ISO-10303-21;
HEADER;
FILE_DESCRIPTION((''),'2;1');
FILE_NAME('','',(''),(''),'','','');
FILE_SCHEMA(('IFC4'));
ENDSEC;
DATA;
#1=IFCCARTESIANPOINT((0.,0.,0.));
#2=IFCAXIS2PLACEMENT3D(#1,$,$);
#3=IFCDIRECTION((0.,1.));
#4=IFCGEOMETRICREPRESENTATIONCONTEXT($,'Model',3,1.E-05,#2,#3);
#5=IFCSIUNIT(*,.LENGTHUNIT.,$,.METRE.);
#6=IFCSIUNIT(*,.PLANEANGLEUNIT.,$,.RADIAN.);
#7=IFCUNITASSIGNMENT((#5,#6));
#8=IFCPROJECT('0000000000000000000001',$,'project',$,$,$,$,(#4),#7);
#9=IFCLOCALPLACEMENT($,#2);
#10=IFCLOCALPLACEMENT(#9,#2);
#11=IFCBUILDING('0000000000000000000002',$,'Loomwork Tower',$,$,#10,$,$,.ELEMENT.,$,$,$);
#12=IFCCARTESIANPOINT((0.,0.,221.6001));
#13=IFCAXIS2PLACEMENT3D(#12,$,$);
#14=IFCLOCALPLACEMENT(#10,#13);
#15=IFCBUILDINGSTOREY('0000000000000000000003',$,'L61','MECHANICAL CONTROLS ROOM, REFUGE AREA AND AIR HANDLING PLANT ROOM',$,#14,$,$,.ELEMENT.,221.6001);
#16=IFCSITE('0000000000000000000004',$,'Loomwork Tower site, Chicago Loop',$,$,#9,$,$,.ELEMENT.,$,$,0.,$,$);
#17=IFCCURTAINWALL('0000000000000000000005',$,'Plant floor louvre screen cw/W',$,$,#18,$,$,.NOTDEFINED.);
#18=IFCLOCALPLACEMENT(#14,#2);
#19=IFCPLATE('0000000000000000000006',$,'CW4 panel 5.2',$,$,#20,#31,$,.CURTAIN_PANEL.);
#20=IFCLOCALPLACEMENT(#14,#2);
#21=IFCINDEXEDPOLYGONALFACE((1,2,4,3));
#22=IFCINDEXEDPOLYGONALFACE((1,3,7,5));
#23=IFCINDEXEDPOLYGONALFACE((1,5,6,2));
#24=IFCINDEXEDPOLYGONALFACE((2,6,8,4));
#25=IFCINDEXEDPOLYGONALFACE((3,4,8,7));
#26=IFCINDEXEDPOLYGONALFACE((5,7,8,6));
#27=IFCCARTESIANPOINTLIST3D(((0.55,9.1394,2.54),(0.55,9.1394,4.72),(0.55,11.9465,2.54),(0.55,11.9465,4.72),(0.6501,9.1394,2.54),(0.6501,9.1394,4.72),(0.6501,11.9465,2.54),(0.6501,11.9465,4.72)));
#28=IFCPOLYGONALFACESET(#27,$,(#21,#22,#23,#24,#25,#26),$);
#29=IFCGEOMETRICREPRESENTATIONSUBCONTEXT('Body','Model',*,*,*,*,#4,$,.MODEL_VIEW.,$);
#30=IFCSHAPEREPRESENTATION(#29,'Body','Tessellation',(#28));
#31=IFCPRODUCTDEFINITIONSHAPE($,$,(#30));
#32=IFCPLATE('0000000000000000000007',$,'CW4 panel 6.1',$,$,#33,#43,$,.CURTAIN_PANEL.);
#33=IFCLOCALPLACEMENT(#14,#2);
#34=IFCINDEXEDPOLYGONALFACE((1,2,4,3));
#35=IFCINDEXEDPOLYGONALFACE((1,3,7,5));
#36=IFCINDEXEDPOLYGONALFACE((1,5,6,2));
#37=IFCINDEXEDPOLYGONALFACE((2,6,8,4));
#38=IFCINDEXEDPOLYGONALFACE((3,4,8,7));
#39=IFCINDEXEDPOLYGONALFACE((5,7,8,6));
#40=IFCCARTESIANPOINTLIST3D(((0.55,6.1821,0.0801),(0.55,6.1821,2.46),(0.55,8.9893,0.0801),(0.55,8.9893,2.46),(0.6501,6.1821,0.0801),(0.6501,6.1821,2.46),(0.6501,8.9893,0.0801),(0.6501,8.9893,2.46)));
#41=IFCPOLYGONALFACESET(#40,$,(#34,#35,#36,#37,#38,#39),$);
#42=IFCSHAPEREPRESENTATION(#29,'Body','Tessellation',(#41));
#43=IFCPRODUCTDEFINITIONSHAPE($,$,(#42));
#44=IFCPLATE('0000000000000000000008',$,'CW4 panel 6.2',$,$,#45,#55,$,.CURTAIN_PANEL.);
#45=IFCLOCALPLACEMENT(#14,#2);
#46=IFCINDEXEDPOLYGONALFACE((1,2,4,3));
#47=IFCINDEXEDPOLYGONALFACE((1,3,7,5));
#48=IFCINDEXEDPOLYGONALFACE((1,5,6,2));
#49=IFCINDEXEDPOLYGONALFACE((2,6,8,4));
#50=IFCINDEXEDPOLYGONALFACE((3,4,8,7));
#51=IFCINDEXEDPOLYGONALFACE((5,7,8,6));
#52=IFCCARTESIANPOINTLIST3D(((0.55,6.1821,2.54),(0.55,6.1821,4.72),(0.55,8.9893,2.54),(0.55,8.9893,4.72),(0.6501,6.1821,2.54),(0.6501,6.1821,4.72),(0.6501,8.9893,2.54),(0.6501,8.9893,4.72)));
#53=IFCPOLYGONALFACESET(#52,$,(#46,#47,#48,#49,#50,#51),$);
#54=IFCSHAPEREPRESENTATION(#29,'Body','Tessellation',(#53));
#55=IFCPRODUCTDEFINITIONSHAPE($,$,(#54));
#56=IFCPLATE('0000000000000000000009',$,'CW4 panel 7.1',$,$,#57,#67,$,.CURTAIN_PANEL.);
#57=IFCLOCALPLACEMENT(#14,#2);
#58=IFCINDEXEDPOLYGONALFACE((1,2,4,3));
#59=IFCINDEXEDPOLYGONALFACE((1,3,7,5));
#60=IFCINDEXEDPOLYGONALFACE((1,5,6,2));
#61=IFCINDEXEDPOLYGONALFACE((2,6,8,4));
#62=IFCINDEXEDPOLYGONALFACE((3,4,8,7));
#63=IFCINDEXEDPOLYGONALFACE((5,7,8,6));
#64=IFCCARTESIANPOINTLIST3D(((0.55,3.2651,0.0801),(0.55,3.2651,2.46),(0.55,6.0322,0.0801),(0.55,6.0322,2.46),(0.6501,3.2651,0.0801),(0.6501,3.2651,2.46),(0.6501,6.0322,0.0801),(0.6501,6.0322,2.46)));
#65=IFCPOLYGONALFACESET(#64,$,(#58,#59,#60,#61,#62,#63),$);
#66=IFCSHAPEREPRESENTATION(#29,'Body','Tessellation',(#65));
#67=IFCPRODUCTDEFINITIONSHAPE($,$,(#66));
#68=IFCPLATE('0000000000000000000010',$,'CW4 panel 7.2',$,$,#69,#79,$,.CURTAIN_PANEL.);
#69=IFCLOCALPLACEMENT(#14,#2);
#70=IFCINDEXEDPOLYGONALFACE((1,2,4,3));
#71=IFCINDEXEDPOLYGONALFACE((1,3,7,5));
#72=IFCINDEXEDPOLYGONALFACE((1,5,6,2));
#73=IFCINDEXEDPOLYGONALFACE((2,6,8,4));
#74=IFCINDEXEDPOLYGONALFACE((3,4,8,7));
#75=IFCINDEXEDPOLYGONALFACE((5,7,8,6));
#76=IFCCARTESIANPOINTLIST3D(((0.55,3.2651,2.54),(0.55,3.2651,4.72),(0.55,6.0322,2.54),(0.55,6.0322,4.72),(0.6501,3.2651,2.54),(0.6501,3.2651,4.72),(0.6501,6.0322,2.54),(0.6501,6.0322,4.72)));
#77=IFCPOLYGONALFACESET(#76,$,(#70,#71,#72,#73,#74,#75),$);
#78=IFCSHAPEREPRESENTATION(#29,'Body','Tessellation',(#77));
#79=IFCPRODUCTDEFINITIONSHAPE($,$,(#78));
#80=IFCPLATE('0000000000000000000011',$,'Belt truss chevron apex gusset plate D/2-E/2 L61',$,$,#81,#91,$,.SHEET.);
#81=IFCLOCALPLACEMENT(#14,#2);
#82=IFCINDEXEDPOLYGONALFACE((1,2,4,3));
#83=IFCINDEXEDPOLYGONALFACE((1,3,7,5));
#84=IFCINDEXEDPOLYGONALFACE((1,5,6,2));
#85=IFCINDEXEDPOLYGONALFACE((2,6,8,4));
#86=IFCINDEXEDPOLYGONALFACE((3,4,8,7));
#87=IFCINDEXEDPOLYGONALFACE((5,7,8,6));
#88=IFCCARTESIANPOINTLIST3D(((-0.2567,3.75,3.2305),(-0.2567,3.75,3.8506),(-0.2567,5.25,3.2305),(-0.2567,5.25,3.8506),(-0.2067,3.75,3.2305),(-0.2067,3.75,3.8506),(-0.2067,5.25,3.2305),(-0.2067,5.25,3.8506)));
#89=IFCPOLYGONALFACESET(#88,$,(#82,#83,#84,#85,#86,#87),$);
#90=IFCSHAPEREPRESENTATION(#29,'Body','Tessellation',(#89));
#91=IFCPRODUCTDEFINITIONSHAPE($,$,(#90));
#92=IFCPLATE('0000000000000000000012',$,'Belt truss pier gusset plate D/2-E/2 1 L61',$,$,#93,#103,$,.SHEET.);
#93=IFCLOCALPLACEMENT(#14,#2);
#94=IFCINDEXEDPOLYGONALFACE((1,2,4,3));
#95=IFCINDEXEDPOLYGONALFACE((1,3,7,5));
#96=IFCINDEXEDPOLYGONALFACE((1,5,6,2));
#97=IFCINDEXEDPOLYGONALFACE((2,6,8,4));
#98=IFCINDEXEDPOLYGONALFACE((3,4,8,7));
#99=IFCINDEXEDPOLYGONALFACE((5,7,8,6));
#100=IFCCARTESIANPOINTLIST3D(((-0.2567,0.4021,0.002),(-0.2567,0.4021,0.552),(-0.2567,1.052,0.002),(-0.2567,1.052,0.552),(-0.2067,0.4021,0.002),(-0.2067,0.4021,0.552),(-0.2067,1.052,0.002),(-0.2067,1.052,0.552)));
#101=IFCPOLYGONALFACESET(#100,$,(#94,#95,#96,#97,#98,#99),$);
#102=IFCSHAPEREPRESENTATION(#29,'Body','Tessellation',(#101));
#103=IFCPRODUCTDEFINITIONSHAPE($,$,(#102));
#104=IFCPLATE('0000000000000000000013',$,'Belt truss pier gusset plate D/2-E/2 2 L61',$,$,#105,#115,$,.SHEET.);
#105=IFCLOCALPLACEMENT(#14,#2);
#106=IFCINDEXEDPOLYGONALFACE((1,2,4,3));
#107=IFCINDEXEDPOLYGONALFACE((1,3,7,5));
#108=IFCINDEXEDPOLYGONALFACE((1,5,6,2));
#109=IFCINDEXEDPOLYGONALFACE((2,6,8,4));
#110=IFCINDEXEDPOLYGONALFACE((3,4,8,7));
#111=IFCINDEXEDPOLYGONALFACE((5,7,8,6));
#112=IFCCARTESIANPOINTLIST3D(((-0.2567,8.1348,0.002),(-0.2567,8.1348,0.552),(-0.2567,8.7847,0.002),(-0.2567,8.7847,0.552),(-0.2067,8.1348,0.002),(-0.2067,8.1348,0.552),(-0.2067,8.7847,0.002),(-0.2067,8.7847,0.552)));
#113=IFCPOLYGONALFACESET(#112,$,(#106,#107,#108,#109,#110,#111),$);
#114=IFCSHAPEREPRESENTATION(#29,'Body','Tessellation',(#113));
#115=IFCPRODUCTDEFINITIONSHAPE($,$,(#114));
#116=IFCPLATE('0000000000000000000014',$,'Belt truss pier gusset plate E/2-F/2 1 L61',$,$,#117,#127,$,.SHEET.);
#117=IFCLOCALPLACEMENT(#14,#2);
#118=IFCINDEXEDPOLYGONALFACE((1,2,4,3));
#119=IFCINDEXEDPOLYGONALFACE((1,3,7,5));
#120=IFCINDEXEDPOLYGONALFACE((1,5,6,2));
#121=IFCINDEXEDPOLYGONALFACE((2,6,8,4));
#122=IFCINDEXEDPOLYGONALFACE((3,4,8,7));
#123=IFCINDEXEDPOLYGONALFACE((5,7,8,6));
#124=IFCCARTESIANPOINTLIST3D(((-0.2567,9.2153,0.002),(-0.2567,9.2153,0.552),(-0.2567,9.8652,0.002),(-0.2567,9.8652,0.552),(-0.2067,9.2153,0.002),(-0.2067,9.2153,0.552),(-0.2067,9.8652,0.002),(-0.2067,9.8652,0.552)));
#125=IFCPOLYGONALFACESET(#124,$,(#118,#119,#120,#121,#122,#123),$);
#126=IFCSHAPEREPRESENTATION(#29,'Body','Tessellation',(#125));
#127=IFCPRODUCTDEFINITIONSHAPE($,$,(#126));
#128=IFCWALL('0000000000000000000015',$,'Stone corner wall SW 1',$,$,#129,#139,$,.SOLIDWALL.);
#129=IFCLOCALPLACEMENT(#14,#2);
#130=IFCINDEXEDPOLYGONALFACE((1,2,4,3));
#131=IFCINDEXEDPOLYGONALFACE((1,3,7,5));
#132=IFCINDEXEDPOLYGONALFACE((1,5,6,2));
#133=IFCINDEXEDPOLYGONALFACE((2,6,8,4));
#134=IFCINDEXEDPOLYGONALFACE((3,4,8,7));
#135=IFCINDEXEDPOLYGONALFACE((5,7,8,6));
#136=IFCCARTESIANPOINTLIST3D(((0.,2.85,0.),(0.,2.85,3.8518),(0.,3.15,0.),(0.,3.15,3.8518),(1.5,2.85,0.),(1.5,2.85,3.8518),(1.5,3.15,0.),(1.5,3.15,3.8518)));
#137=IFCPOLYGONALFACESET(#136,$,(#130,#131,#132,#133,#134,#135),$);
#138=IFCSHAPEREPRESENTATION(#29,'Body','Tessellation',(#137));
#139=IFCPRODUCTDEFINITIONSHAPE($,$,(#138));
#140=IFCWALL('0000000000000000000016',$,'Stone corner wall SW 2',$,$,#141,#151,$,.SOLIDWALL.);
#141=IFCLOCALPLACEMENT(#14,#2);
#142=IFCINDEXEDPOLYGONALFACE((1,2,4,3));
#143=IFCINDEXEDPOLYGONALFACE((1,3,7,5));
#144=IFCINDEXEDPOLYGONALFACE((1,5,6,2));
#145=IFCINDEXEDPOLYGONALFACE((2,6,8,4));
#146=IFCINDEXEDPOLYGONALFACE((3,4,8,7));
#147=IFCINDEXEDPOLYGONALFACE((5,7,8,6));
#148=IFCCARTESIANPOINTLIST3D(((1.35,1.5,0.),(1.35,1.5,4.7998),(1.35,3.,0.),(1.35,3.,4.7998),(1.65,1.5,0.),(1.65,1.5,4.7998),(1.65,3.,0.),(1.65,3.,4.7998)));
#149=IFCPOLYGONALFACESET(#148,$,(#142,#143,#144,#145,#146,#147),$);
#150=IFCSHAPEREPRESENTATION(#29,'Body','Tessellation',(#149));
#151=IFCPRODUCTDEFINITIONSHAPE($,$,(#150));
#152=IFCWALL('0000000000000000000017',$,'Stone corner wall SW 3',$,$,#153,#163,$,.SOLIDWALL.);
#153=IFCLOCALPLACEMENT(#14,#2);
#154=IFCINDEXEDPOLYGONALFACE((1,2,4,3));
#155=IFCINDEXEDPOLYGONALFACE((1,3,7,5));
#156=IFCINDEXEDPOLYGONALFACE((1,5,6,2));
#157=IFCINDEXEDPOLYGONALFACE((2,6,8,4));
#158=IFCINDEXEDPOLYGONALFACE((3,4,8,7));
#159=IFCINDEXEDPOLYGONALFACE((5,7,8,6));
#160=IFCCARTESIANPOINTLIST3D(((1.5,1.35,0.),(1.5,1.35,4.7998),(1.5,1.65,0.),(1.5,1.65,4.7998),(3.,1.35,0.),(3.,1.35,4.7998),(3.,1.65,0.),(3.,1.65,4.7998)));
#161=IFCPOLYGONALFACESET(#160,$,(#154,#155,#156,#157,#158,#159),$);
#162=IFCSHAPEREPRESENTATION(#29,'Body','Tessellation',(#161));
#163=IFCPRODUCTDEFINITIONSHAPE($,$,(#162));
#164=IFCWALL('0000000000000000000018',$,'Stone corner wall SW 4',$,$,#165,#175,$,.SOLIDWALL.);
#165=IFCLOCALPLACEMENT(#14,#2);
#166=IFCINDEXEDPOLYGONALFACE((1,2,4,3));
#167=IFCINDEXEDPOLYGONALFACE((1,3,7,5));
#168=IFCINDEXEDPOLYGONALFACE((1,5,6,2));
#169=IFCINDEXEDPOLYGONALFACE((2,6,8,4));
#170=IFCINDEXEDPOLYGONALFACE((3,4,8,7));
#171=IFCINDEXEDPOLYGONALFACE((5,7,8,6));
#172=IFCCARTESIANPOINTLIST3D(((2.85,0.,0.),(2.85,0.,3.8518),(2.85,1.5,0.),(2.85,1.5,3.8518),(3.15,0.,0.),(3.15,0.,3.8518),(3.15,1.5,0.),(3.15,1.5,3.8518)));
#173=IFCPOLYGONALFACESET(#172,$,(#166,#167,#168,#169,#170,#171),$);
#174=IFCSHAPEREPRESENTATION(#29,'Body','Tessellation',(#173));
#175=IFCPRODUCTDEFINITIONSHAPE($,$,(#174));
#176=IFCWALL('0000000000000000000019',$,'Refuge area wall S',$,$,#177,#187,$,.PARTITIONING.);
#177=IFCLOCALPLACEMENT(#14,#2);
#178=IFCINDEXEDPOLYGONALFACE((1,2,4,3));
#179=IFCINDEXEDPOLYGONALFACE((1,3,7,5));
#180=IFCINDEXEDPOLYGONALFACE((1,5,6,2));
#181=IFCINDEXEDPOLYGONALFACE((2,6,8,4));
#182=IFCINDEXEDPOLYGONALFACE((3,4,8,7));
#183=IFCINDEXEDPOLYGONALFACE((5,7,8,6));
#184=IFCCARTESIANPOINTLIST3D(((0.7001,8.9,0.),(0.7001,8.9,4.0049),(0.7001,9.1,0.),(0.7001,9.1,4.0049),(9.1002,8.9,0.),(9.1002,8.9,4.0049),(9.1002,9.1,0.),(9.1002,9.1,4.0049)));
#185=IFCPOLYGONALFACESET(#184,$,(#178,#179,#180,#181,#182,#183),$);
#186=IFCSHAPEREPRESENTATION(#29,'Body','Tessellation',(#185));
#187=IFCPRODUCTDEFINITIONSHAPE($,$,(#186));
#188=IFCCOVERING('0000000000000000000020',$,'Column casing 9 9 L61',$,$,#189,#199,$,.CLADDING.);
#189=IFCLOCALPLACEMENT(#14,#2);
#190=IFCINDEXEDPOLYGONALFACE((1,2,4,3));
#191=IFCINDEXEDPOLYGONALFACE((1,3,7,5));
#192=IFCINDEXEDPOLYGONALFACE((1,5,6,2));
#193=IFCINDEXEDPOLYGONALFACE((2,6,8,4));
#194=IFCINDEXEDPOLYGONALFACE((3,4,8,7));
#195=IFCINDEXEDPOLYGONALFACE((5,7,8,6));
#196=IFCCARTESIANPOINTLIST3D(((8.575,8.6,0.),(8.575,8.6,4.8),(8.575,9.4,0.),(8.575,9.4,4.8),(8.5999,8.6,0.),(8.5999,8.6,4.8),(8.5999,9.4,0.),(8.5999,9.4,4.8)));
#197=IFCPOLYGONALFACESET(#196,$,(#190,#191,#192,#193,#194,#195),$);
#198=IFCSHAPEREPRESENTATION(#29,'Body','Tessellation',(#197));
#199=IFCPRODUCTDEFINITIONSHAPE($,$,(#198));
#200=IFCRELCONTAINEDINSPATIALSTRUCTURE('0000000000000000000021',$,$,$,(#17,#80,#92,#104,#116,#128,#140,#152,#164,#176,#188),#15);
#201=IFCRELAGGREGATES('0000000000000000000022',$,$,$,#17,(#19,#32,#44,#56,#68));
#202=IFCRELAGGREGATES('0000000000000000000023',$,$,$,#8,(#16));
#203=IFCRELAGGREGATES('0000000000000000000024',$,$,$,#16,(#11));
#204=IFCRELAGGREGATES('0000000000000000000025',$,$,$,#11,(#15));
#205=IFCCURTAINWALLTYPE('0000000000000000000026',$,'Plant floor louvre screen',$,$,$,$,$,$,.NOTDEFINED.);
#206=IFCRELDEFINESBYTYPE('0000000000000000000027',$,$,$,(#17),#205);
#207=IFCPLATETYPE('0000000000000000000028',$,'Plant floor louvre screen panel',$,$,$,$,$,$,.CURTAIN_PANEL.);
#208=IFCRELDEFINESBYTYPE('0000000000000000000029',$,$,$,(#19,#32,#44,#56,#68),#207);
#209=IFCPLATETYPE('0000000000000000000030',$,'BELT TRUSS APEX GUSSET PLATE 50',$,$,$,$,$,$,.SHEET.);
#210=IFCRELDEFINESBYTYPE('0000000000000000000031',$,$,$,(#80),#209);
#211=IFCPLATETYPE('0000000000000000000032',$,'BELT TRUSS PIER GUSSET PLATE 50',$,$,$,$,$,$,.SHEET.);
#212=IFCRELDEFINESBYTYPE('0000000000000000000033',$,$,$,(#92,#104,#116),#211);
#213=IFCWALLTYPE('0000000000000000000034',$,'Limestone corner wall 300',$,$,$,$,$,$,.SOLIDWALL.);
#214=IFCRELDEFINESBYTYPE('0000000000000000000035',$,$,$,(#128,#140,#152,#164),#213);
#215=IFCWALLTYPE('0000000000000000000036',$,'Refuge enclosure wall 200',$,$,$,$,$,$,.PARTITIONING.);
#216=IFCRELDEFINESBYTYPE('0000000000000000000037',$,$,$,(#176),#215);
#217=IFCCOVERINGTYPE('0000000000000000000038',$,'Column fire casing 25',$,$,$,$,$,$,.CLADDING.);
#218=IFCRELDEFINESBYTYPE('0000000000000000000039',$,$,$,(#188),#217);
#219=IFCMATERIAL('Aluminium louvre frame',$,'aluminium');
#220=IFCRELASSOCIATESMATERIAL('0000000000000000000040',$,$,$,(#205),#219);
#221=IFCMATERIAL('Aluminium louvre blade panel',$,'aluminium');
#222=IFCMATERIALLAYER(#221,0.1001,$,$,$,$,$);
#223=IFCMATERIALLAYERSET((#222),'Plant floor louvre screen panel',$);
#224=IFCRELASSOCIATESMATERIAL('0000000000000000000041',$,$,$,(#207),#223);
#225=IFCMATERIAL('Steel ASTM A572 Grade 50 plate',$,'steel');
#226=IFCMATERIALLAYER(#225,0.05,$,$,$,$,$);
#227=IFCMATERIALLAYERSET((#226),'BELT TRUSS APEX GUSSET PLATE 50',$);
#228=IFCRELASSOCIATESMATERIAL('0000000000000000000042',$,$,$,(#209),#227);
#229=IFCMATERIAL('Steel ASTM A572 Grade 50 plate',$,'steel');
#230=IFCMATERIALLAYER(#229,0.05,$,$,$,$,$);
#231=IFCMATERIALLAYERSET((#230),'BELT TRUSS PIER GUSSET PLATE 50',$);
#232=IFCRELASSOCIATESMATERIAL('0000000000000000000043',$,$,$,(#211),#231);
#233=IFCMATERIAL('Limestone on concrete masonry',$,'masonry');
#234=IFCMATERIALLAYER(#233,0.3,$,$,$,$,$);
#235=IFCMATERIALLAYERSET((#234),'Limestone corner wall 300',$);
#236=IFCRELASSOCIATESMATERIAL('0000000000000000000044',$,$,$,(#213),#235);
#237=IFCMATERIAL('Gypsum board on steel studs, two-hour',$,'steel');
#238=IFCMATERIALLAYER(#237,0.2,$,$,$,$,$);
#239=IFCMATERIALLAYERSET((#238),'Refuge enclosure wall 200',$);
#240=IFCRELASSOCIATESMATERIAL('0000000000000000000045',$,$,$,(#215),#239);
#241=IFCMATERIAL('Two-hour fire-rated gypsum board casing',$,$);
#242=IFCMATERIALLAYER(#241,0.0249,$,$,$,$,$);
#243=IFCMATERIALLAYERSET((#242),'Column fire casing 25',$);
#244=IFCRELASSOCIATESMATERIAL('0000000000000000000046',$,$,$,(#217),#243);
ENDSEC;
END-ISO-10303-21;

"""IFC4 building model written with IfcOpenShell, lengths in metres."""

from ifc_helpers import new_model, si_unit, direction, frame, frame_2d, origin, origin_2d, place, context, subcontext, project, spatial, rectangle, extrude, material, layer, layer_set, type_object, element, aggregate, save


model = new_model("IFC4")

# Units and contexts
model_context = context("Model", 3, precision=1e-05, world=origin(), true_north=direction((0.0, 1.0)))
body_context = subcontext(model_context, "Body", "Model", "MODEL_VIEW")
ifc_project = project(units=[si_unit("LENGTHUNIT", "METRE"), si_unit("PLANEANGLEUNIT", "RADIAN")], contexts=[model_context])

# Site, building, storey
site_placement = place(None, origin())
site = spatial("IfcSite", under=ifc_project, at=site_placement, Name="Loomwork Tower site, Chicago Loop", CompositionType="ELEMENT", RefElevation=0.0)
building_placement = place(site_placement, origin())
building = spatial("IfcBuilding", under=site, at=building_placement, Name="Loomwork Tower", CompositionType="ELEMENT")
storey_placement = place(building_placement, frame((0.0, 0.0, 221.6001)))
storey = spatial("IfcBuildingStorey", under=building, at=storey_placement, Name="L61", Description="MECHANICAL CONTROLS ROOM, REFUGE AREA AND AIR HANDLING PLANT ROOM", CompositionType="ELEMENT", Elevation=221.6001)

# Curtain wall
ifc_material_1 = material(Name="Aluminium louvre frame", Category="aluminium")
curtain_wall_type = type_object("IfcCurtainWallType", Name="Plant floor louvre screen", PredefinedType="NOTDEFINED", material=ifc_material_1)
curtain_wall_1_placement = place(storey_placement, origin())
curtain_wall_1 = element("IfcCurtainWall", 1, at=curtain_wall_1_placement, inside=storey, type_object=curtain_wall_type, Name="Plant floor louvre screen cw/W", PredefinedType="NOTDEFINED")

# Shared definitions
ifc_material_2 = material(Name="Aluminium louvre blade panel", Category="aluminium")
ifc_layer_1 = layer(ifc_material_2, 0.1001)
ifc_layer_set_1 = layer_set([ifc_layer_1], Name="Plant floor louvre screen panel")
plate_type_1 = type_object("IfcPlateType", Name="Plant floor louvre screen panel", PredefinedType="CURTAIN_PANEL", material=ifc_layer_set_1)

# Plates
plate_1_placement = place(storey_placement, frame((0.6001, 10.543, 2.54), z_axis=(0.0, 0.0, 1.0), x_axis=(0.0, -1.0, 0.0)))
plate_1 = element("IfcPlate", 2, at=plate_1_placement, type_object=plate_type_1, Name="CW4 panel 5.2", PredefinedType="CURTAIN_PANEL", context=body_context, shape_type="SweptSolid", body=[
    extrude(rectangle(XDim=2.8071, YDim=0.1001, at=origin_2d()), origin(), (0.0, 0.0, 1.0), 2.1799),
])
plate_2_placement = place(storey_placement, frame((0.6001, 7.5857, 0.0801), z_axis=(0.0, 0.0, 1.0), x_axis=(0.0, -1.0, 0.0)))
plate_2 = element("IfcPlate", 3, at=plate_2_placement, type_object=plate_type_1, Name="CW4 panel 6.1", PredefinedType="CURTAIN_PANEL", context=body_context, shape_type="SweptSolid", body=[
    extrude(rectangle(XDim=2.8071, YDim=0.1001, at=origin_2d()), origin(), (0.0, 0.0, 1.0), 2.3799),
])
plate_3_placement = place(storey_placement, frame((0.6001, 7.5857, 2.54), z_axis=(0.0, 0.0, 1.0), x_axis=(0.0, -1.0, 0.0)))
plate_3 = element("IfcPlate", 4, at=plate_3_placement, type_object=plate_type_1, Name="CW4 panel 6.2", PredefinedType="CURTAIN_PANEL", context=body_context, shape_type="SweptSolid", body=[
    extrude(rectangle(XDim=2.8071, YDim=0.1001, at=origin_2d()), origin(), (0.0, 0.0, 1.0), 2.1799),
])
plate_4_placement = place(storey_placement, frame((0.6001, 4.6487, 0.0801), z_axis=(0.0, 0.0, 1.0), x_axis=(0.0, -1.0, 0.0)))
plate_4 = element("IfcPlate", 5, at=plate_4_placement, type_object=plate_type_1, Name="CW4 panel 7.1", PredefinedType="CURTAIN_PANEL", context=body_context, shape_type="SweptSolid", body=[
    extrude(rectangle(XDim=2.7671, YDim=0.1001, at=origin_2d()), origin(), (0.0, 0.0, 1.0), 2.3799),
])
plate_5_placement = place(storey_placement, frame((0.6001, 4.6487, 2.54), z_axis=(0.0, 0.0, 1.0), x_axis=(0.0, -1.0, 0.0)))
plate_5 = element("IfcPlate", 6, at=plate_5_placement, type_object=plate_type_1, Name="CW4 panel 7.2", PredefinedType="CURTAIN_PANEL", context=body_context, shape_type="SweptSolid", body=[
    extrude(rectangle(XDim=2.7671, YDim=0.1001, at=origin_2d()), origin(), (0.0, 0.0, 1.0), 2.1799),
])
aggregate(curtain_wall_1, [plate_1, plate_2, plate_3, plate_4, plate_5])

# Plates
ifc_material_3 = material(Name="Steel ASTM A572 Grade 50 plate", Category="steel")
ifc_layer_2 = layer(ifc_material_3, 0.05)
ifc_layer_set_2 = layer_set([ifc_layer_2], Name="BELT TRUSS APEX GUSSET PLATE 50")
plate_type_2 = type_object("IfcPlateType", Name="BELT TRUSS APEX GUSSET PLATE 50", PredefinedType="SHEET", material=ifc_layer_set_2)
plate_6_placement = place(storey_placement, frame((-0.2317, 4.5, 3.2305), z_axis=(0.0, 0.0, 1.0), x_axis=(0.0, 1.0, 0.0)))
element("IfcPlate", 7, at=plate_6_placement, inside=storey, type_object=plate_type_2, Name="Belt truss chevron apex gusset plate D/2-E/2 L61", PredefinedType="SHEET", context=body_context, shape_type="SweptSolid", body=[
    extrude(rectangle(XDim=1.5, YDim=0.05, at=origin_2d()), origin(), (0.0, 0.0, 1.0), 0.6201),
])
ifc_material_4 = material(Name="Steel ASTM A572 Grade 50 plate", Category="steel")
ifc_layer_3 = layer(ifc_material_4, 0.05)
ifc_layer_set_3 = layer_set([ifc_layer_3], Name="BELT TRUSS PIER GUSSET PLATE 50")
plate_type_3 = type_object("IfcPlateType", Name="BELT TRUSS PIER GUSSET PLATE 50", PredefinedType="SHEET", material=ifc_layer_set_3)
for number, where, z_axis, x_axis, name in (
    (8, (-0.2317, 0.7271, 0.002), (0.0, 0.0, 1.0), (0.0, 1.0, 0.0), "Belt truss pier gusset plate D/2-E/2 1 L61"),
    (9, (-0.2317, 8.4597, 0.002), (0.0, 0.0, 1.0), (0.0, 1.0, 0.0), "Belt truss pier gusset plate D/2-E/2 2 L61"),
    (10, (-0.2317, 9.5403, 0.002), (0.0, 0.0, 1.0), (0.0, 1.0, 0.0), "Belt truss pier gusset plate E/2-F/2 1 L61"),
):
    element("IfcPlate", number, at=place(storey_placement, frame(where, z_axis=z_axis, x_axis=x_axis)), inside=storey, type_object=plate_type_3, Name=name, PredefinedType="SHEET", context=body_context, shape_type="SweptSolid", body=[
        extrude(rectangle(XDim=0.6499, YDim=0.05, at=origin_2d()), origin(), (0.0, 0.0, 1.0), 0.55),
    ])

# Walls
ifc_material_5 = material(Name="Limestone on concrete masonry", Category="masonry")
ifc_layer_4 = layer(ifc_material_5, 0.3)
ifc_layer_set_4 = layer_set([ifc_layer_4], Name="Limestone corner wall 300")
wall_type_1 = type_object("IfcWallType", Name="Limestone corner wall 300", PredefinedType="SOLIDWALL", material=ifc_layer_set_4)
wall_1_placement = place(storey_placement, frame((0.0, 3.0, 0.0), z_axis=(0.0, 0.0, 1.0), x_axis=(1.0, 0.0, 0.0)))
element("IfcWall", 11, at=wall_1_placement, inside=storey, type_object=wall_type_1, Name="Stone corner wall SW 1", PredefinedType="SOLIDWALL", context=body_context, shape_type="SweptSolid", body=[
    extrude(rectangle(XDim=1.5, YDim=0.3, at=frame_2d((0.75, 0.0))), origin(), (0.0, 0.0, 1.0), 3.8518),
])
for number, where, z_axis, x_axis, name in (
    (12, (1.5, 3.0, 0.0), (0.0, 0.0, 1.0), (0.0, -1.0, 0.0), "Stone corner wall SW 2"),
    (13, (1.5, 1.5, 0.0), (0.0, 0.0, 1.0), (1.0, 0.0, 0.0), "Stone corner wall SW 3"),
):
    element("IfcWall", number, at=place(storey_placement, frame(where, z_axis=z_axis, x_axis=x_axis)), inside=storey, type_object=wall_type_1, Name=name, PredefinedType="SOLIDWALL", context=body_context, shape_type="SweptSolid", body=[
        extrude(rectangle(XDim=1.5, YDim=0.3, at=frame_2d((0.75, 0.0))), origin(), (0.0, 0.0, 1.0), 4.7998),
    ])
wall_2_placement = place(storey_placement, frame((3.0, 1.5, 0.0), z_axis=(0.0, 0.0, 1.0), x_axis=(0.0, -1.0, 0.0)))
element("IfcWall", 14, at=wall_2_placement, inside=storey, type_object=wall_type_1, Name="Stone corner wall SW 4", PredefinedType="SOLIDWALL", context=body_context, shape_type="SweptSolid", body=[
    extrude(rectangle(XDim=1.5, YDim=0.3, at=frame_2d((0.75, 0.0))), origin(), (0.0, 0.0, 1.0), 3.8518),
])
ifc_material_6 = material(Name="Gypsum board on steel studs, two-hour", Category="steel")
ifc_layer_5 = layer(ifc_material_6, 0.2)
ifc_layer_set_5 = layer_set([ifc_layer_5], Name="Refuge enclosure wall 200")
wall_type_2 = type_object("IfcWallType", Name="Refuge enclosure wall 200", PredefinedType="PARTITIONING", material=ifc_layer_set_5)
wall_3_placement = place(storey_placement, frame((0.7, 9.0, 0.0), z_axis=(0.0, 0.0, 1.0), x_axis=(1.0, 0.0, 0.0)))
element("IfcWall", 15, at=wall_3_placement, inside=storey, type_object=wall_type_2, Name="Refuge area wall S", PredefinedType="PARTITIONING", context=body_context, shape_type="SweptSolid", body=[
    extrude(rectangle(XDim=8.4001, YDim=0.2, at=frame_2d((4.2002, 0.0))), origin(), (0.0, 0.0, 1.0), 4.0049),
])

# Covering
ifc_material_7 = material(Name="Two-hour fire-rated gypsum board casing")
ifc_layer_6 = layer(ifc_material_7, 0.0249)
ifc_layer_set_6 = layer_set([ifc_layer_6], Name="Column fire casing 25")
covering_type_1 = type_object("IfcCoveringType", Name="Column fire casing 25", PredefinedType="CLADDING", material=ifc_layer_set_6)
covering_1_placement = place(storey_placement, frame((8.5874, 9.0, 0.0), z_axis=(0.0, 0.0, 1.0), x_axis=(1.0, 0.0, 0.0)))
element("IfcCovering", 16, at=covering_1_placement, inside=storey, type_object=covering_type_1, Name="Column casing 9 9 L61", PredefinedType="CLADDING", context=body_context, shape_type="SweptSolid", body=[
    extrude(rectangle(XDim=0.0249, YDim=0.8, at=origin_2d()), origin(), (0.0, 0.0, 1.0), 4.8),
])

save(model, "model.ifc")
